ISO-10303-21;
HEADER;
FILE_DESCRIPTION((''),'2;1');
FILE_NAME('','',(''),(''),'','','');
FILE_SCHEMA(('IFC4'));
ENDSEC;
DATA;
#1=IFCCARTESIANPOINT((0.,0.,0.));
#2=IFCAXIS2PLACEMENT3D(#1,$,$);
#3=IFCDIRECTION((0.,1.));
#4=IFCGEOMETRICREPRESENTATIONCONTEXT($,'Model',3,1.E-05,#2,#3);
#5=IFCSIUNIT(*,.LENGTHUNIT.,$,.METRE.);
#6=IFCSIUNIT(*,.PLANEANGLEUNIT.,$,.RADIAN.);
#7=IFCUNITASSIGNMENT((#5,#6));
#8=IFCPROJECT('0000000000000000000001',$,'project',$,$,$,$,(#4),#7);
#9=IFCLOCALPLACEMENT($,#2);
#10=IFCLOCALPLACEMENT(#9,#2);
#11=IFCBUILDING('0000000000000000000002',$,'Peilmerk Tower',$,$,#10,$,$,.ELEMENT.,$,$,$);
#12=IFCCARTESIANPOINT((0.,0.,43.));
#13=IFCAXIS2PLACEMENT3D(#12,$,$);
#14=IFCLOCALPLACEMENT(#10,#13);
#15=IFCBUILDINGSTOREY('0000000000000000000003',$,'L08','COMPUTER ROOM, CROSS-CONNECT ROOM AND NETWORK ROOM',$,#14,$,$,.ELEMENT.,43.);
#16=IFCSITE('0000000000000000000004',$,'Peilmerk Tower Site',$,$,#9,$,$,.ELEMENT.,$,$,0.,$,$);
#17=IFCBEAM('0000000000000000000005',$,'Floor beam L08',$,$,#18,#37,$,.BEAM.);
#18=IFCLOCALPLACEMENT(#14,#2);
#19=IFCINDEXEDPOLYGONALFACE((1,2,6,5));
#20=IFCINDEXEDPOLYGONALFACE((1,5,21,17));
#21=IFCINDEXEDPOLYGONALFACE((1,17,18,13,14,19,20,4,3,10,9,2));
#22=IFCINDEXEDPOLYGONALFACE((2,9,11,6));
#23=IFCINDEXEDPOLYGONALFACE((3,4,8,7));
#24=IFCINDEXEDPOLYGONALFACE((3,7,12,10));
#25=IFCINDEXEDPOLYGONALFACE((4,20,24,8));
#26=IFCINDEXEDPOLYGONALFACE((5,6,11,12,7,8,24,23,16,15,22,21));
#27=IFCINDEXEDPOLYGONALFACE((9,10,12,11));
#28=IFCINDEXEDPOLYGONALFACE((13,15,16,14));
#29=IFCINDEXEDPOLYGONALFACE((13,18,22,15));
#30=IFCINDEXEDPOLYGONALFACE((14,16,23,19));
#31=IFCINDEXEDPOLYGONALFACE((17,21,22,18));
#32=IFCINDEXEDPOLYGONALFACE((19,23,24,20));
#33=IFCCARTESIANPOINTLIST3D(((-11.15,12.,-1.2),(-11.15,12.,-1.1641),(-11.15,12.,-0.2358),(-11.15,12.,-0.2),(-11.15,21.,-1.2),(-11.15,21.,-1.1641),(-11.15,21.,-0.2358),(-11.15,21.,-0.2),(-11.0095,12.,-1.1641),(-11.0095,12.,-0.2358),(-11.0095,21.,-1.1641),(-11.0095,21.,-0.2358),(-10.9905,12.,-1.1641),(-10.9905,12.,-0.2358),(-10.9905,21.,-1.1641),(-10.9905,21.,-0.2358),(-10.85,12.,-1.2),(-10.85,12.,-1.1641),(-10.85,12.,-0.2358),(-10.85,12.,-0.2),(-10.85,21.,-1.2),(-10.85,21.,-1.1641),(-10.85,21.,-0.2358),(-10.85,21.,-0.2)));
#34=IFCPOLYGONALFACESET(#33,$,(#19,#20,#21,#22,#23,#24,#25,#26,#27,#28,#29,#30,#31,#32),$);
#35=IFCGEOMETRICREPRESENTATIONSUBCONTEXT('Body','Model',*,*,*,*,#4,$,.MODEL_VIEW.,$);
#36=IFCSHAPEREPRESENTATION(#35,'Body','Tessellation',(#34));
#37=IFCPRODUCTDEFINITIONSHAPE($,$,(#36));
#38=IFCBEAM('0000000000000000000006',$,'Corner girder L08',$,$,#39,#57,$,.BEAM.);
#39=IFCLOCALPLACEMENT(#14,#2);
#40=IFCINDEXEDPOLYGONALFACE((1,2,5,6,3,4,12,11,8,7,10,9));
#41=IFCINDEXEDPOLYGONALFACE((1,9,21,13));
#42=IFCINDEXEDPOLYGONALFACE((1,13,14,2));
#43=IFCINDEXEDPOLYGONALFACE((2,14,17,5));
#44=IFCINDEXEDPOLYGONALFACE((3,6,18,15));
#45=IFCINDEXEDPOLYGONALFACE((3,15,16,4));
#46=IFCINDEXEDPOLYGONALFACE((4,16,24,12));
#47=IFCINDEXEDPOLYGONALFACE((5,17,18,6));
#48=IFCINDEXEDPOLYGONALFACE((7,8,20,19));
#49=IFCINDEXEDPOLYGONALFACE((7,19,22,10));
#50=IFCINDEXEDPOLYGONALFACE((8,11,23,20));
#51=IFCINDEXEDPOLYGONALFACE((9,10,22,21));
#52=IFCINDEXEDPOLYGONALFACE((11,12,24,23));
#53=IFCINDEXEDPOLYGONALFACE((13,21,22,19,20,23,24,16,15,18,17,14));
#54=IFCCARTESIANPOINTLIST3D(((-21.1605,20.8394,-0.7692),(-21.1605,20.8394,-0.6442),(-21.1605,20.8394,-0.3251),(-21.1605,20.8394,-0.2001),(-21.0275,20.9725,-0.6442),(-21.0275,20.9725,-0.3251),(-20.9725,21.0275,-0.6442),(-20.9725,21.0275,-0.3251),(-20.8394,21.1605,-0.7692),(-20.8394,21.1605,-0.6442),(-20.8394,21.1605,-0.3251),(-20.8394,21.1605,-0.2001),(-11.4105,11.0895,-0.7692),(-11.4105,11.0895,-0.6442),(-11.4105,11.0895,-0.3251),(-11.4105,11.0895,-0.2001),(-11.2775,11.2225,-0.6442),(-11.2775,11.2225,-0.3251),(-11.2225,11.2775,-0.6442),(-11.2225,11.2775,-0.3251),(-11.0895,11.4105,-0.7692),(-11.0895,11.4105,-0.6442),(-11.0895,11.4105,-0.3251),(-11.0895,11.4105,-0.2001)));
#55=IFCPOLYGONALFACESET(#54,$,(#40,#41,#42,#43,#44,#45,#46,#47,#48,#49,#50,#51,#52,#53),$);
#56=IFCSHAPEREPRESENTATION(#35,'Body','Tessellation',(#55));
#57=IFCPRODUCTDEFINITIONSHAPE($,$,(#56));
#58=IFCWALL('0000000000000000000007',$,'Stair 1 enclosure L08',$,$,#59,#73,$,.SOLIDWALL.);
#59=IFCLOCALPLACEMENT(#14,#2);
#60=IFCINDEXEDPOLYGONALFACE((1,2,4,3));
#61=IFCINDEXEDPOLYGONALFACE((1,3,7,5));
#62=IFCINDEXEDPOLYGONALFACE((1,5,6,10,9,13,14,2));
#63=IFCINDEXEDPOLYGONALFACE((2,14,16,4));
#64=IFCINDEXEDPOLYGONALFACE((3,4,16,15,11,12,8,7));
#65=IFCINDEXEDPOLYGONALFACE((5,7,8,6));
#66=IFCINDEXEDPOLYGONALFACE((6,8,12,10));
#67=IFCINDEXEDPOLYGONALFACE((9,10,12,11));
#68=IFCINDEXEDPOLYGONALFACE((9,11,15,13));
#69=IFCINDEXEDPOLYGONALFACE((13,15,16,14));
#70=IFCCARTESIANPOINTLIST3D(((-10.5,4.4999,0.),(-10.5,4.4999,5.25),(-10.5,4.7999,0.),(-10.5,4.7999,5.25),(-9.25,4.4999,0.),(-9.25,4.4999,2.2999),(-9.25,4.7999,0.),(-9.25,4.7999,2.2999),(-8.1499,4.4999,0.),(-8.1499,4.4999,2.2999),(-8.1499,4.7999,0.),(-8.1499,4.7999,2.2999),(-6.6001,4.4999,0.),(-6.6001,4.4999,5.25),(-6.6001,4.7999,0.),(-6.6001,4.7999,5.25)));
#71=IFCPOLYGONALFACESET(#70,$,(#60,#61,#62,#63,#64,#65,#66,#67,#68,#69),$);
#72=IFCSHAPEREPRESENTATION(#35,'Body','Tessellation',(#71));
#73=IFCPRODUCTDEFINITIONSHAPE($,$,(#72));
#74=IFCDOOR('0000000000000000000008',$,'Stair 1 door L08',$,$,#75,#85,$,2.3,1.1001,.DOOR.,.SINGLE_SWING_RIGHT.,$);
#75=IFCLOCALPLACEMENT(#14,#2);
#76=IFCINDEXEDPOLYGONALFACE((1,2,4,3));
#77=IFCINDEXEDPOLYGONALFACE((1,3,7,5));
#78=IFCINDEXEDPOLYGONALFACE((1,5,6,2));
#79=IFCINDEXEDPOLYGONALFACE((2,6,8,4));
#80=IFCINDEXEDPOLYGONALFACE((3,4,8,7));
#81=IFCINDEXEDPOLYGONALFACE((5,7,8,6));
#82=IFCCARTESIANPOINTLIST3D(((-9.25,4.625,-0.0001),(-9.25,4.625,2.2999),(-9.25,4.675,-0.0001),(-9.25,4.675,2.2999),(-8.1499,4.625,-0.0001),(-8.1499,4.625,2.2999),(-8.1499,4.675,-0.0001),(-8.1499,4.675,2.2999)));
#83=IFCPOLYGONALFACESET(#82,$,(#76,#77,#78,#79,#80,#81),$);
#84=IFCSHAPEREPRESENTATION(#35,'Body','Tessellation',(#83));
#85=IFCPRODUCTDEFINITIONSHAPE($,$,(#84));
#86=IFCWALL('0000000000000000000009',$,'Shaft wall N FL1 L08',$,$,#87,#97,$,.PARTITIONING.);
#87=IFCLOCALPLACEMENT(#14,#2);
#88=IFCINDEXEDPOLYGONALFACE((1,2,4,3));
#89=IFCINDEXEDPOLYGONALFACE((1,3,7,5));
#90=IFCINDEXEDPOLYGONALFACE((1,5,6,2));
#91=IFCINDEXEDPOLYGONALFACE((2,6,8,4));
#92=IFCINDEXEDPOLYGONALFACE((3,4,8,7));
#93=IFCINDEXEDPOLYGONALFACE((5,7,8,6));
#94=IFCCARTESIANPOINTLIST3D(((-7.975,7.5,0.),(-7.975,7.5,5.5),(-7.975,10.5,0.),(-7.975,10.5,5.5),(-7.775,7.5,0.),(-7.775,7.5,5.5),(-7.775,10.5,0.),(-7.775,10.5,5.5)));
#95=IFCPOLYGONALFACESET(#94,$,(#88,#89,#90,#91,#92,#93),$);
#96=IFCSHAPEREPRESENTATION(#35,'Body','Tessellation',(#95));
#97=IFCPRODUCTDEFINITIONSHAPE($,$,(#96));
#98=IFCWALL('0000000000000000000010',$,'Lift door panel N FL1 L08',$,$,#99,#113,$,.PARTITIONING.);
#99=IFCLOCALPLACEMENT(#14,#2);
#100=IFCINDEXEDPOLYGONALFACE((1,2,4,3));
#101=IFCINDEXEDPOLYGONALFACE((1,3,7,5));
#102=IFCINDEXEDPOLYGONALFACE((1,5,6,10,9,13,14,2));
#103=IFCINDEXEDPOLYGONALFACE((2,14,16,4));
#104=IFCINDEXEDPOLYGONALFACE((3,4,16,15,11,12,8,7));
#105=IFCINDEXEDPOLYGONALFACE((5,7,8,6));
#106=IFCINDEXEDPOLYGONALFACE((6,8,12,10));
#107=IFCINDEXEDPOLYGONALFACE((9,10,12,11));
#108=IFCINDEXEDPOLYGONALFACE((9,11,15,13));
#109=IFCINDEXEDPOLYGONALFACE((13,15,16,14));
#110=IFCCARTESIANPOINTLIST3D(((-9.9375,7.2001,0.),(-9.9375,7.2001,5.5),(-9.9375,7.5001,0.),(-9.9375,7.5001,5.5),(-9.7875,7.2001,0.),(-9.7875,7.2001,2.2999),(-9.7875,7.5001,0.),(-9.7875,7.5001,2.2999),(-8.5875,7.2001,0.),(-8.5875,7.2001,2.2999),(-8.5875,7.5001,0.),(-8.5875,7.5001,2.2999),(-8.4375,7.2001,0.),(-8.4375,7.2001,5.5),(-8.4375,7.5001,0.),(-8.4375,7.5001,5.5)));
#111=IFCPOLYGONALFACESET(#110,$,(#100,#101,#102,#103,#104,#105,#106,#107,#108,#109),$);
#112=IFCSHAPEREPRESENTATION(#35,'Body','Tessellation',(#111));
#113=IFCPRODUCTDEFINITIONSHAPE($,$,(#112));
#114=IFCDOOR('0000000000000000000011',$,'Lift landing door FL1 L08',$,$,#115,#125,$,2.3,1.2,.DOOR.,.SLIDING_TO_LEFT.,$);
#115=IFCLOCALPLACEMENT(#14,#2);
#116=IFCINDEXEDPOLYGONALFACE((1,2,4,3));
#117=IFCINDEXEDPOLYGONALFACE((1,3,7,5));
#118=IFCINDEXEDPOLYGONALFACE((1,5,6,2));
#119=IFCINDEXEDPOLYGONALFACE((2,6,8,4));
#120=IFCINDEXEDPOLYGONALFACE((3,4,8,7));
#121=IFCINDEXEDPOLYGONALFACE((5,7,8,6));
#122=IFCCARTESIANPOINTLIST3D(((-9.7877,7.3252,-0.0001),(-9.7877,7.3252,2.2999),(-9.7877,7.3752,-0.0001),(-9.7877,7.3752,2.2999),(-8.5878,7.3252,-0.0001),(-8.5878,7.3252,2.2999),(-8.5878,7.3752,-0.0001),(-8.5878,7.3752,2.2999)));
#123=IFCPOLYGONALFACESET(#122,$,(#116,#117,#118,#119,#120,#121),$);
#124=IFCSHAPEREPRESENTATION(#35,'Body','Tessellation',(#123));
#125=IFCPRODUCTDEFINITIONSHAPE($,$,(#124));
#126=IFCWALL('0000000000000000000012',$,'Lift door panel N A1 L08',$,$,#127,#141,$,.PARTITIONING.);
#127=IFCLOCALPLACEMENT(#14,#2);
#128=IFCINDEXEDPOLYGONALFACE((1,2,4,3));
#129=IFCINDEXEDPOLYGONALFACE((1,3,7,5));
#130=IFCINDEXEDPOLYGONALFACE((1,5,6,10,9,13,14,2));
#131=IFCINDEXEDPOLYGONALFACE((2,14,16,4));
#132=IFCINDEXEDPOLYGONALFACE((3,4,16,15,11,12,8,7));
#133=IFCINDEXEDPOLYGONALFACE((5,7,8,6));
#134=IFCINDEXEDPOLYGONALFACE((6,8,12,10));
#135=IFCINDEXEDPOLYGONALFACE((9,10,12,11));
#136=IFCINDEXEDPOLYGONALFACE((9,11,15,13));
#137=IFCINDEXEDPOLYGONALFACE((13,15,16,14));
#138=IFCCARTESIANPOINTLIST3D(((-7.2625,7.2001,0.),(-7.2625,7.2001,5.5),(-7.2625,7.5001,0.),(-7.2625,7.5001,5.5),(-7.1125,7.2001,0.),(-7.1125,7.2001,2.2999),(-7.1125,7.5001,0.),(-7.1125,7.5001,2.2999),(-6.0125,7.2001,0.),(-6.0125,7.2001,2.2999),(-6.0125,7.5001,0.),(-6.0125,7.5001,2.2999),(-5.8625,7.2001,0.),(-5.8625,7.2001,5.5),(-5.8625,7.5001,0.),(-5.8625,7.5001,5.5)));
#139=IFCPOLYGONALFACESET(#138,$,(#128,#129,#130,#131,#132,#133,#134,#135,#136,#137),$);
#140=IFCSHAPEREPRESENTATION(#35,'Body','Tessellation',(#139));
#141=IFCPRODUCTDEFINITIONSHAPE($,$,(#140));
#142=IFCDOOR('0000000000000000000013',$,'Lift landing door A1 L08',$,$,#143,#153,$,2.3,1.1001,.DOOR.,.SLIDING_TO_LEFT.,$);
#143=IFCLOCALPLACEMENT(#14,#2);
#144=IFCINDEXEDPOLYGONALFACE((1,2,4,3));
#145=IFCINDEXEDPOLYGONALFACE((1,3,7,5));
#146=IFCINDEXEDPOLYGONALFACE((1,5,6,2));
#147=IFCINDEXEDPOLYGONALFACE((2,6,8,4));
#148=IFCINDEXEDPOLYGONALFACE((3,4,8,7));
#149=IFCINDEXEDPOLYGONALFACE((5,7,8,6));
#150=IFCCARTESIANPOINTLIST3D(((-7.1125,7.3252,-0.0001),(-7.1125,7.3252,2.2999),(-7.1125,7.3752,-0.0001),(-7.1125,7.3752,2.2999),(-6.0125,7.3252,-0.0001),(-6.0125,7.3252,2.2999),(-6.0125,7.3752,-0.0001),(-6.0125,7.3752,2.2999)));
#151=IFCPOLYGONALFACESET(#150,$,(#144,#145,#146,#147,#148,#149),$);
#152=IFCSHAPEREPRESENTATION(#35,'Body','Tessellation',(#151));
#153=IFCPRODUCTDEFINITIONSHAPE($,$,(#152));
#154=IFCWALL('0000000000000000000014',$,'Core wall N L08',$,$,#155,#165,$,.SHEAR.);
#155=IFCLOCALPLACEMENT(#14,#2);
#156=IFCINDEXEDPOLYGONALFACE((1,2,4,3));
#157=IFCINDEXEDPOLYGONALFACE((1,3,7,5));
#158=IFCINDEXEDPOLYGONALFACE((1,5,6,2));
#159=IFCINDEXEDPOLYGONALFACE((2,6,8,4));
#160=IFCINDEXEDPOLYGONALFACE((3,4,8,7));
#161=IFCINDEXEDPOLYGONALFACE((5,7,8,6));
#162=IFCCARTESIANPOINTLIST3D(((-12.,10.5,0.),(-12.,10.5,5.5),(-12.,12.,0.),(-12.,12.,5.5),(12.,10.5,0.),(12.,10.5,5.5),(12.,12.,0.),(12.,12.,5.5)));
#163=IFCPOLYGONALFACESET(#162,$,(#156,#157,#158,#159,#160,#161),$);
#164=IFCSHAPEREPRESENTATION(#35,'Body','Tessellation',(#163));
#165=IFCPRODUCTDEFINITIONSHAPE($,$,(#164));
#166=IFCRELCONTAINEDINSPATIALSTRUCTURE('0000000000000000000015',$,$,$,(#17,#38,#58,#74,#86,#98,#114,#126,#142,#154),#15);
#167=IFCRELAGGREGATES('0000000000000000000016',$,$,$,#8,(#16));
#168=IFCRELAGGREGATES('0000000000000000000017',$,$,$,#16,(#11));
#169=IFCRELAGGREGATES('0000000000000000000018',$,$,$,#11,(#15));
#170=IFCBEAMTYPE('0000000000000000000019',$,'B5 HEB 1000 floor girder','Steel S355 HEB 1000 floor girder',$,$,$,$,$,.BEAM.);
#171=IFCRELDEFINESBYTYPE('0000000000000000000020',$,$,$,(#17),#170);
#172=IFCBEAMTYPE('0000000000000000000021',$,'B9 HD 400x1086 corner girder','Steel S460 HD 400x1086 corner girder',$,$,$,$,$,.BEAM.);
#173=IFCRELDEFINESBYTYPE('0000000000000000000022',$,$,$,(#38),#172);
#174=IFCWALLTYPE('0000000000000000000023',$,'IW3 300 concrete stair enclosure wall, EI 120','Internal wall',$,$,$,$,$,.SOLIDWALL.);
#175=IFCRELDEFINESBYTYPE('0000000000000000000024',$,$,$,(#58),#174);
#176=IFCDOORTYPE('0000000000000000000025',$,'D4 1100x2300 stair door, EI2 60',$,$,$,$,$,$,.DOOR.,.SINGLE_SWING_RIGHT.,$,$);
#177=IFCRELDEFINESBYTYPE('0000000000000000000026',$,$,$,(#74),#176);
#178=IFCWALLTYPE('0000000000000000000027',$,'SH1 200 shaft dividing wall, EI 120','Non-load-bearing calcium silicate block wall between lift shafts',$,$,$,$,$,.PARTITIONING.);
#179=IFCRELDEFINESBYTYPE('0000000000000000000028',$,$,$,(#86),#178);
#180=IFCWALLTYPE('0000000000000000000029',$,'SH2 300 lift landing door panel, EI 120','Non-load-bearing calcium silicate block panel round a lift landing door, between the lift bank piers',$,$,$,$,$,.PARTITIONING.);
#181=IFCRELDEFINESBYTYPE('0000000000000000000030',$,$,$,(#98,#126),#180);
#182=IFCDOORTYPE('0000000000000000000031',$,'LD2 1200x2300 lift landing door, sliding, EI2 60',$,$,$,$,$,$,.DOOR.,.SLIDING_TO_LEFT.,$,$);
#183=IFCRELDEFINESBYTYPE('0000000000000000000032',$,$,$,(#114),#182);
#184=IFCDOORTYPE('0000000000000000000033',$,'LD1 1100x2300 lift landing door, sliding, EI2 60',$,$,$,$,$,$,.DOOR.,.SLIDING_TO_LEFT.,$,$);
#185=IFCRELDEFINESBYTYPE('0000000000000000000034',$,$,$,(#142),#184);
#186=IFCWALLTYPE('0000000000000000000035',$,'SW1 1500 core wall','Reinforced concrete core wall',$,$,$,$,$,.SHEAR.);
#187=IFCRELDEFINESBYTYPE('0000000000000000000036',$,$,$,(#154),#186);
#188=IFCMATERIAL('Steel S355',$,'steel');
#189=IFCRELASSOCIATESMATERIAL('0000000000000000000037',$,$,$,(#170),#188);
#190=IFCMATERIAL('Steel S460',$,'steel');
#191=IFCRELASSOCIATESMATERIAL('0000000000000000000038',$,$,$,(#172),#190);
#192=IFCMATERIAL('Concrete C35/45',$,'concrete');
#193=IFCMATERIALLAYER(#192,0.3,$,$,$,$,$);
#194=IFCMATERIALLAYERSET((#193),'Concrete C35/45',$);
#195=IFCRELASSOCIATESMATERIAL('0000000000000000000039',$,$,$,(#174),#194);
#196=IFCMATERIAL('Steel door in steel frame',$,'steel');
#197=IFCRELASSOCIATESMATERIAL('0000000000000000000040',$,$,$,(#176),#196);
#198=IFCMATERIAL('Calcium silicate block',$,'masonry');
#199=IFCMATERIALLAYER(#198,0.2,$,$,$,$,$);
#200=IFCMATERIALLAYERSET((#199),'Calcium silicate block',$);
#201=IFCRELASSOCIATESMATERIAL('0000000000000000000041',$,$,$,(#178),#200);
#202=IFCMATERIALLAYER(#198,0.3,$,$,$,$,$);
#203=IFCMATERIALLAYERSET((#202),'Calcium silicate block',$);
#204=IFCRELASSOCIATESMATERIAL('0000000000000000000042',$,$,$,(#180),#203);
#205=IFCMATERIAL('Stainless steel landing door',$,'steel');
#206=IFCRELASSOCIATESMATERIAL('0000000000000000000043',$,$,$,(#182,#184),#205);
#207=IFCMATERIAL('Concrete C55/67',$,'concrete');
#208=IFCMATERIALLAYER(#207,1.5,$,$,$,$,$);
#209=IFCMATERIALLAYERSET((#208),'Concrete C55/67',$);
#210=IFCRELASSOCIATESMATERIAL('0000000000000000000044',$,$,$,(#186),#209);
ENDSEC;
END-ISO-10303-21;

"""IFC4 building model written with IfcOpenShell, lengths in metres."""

from ifc_helpers import new_model, si_unit, direction, frame, frame_2d, origin, origin_2d, place, context, subcontext, project, spatial, rectangle, i_section, extrude, material, layer, layer_set, material_profile, profile_set, type_object, element, fill, save


model = new_model("IFC4")

# Units and contexts
model_context = context("Model", 3, precision=1e-05, world=origin(), true_north=direction((0.0, 1.0)))
body_context = subcontext(model_context, "Body", "Model", "MODEL_VIEW")
ifc_project = project(units=[si_unit("LENGTHUNIT", "METRE"), si_unit("PLANEANGLEUNIT", "RADIAN")], contexts=[model_context])

# Site, building, storey
site_placement = place(None, origin())
site = spatial("IfcSite", under=ifc_project, at=site_placement, Name="Peilmerk Tower Site", CompositionType="ELEMENT", RefElevation=0.0)
building_placement = place(site_placement, origin())
building = spatial("IfcBuilding", under=site, at=building_placement, Name="Peilmerk Tower", CompositionType="ELEMENT")
storey_placement = place(building_placement, frame((0.0, 0.0, 43.0)))
storey = spatial("IfcBuildingStorey", under=building, at=storey_placement, Name="L08", Description="COMPUTER ROOM, CROSS-CONNECT ROOM AND NETWORK ROOM", CompositionType="ELEMENT", Elevation=43.0)

# Beams
ifc_material_1 = material(Name="Steel S355", Category="steel")
ifc_material_profile_1 = material_profile(ifc_material_1, i_section(OverallWidth=0.3, OverallDepth=1.0, WebThickness=0.019, FlangeThickness=0.0359, at=origin_2d()), Name="HEB 1000")
ifc_profile_set_1 = profile_set([ifc_material_profile_1], Name="Steel S355")
beam_type_1 = type_object("IfcBeamType", Name="B5 HEB 1000 floor girder", Description="Steel S355 HEB 1000 floor girder", PredefinedType="BEAM", material=ifc_profile_set_1)
beam_1_placement = place(storey_placement, frame((-11.0, 12.0, -0.7), z_axis=(0.0, 1.0, 0.0), x_axis=(-1.0, 0.0, 0.0)))
element("IfcBeam", 1, at=beam_1_placement, inside=storey, type_object=beam_type_1, Name="Floor beam L08", PredefinedType="BEAM", context=body_context, shape_type="SweptSolid", body=[
    extrude(i_section(OverallWidth=0.3, OverallDepth=1.0, WebThickness=0.019, FlangeThickness=0.0359, at=origin_2d()), origin(), (0.0, 0.0, 1.0), 9.0),
])
ifc_material_2 = material(Name="Steel S460", Category="steel")
ifc_material_profile_2 = material_profile(ifc_material_2, i_section(OverallWidth=0.4541, OverallDepth=0.5691, WebThickness=0.0779, FlangeThickness=0.125, at=origin_2d()), Name="HD 400x1086")
ifc_profile_set_2 = profile_set([ifc_material_profile_2], Name="Steel S460")
beam_type_2 = type_object("IfcBeamType", Name="B9 HD 400x1086 corner girder", Description="Steel S460 HD 400x1086 corner girder", PredefinedType="BEAM", material=ifc_profile_set_2)
beam_2_placement = place(storey_placement, frame((-11.25, 11.25, -0.4846), z_axis=(-0.707107, 0.707107, 0.0), x_axis=(-0.707107, -0.707107, 0.0)))
element("IfcBeam", 2, at=beam_2_placement, inside=storey, type_object=beam_type_2, Name="Corner girder L08", PredefinedType="BEAM", context=body_context, shape_type="SweptSolid", body=[
    extrude(i_section(OverallWidth=0.4541, OverallDepth=0.5691, WebThickness=0.0779, FlangeThickness=0.125, at=origin_2d()), origin(), (0.0, 0.0, 1.0), 13.7886),
])

# Wall, opening, door
ifc_material_3 = material(Name="Concrete C35/45", Category="concrete")
ifc_layer_1 = layer(ifc_material_3, 0.3)
ifc_layer_set_1 = layer_set([ifc_layer_1], Name="Concrete C35/45")
wall_type_1 = type_object("IfcWallType", Name="IW3 300 concrete stair enclosure wall, EI 120", Description="Internal wall", PredefinedType="SOLIDWALL", material=ifc_layer_set_1)
wall_1_placement = place(storey_placement, frame((-10.5, 4.6499, 0.0), z_axis=(0.0, 0.0, 1.0), x_axis=(1.0, 0.0, 0.0)))
wall_1 = element("IfcWall", 3, at=wall_1_placement, inside=storey, type_object=wall_type_1, Name="Stair 1 enclosure L08", PredefinedType="SOLIDWALL", context=body_context, shape_type="SweptSolid", body=[
    extrude(rectangle(XDim=3.8999, YDim=0.3, at=frame_2d((1.95, 0.0))), origin(), (0.0, 0.0, 1.0), 5.25),
])
opening_1_placement = place(wall_1_placement, frame((1.25, 0.0, 0.0)))
opening_1 = element("IfcOpeningElement", 4, at=opening_1_placement, cuts=wall_1, PredefinedType="OPENING", context=body_context, shape_type="SweptSolid", body=[
    extrude(rectangle(XDim=1.1001, YDim=2.3, at=frame_2d((0.55, 1.1499))), frame((0.0, 0.1599, 0.0), z_axis=(0.0, -1.0, 0.0), x_axis=(1.0, 0.0, 0.0)), (0.0, 0.0, 1.0), 0.3201),
])
ifc_material_4 = material(Name="Steel door in steel frame", Category="steel")
door_type_1 = type_object("IfcDoorType", Name="D4 1100x2300 stair door, EI2 60", OperationType="SINGLE_SWING_RIGHT", PredefinedType="DOOR", material=ifc_material_4)
door_1_placement = place(opening_1_placement, frame((1.1001, 0.0, 0.0), z_axis=(0.0, 0.0, 1.0), x_axis=(-1.0, 0.0, 0.0)))
door_1 = element("IfcDoor", 5, at=door_1_placement, inside=storey, type_object=door_type_1, Name="Stair 1 door L08", OperationType="SINGLE_SWING_RIGHT", OverallHeight=2.3, OverallWidth=1.1001, PredefinedType="DOOR", context=body_context, shape_type="SweptSolid", body=[
    extrude(rectangle(XDim=1.1001, YDim=2.3, at=frame_2d((0.55, 1.1499))), frame((0.0, 0.0249, 0.0), z_axis=(0.0, -1.0, 0.0), x_axis=(1.0, 0.0, 0.0)), (0.0, 0.0, 1.0), 0.05),
])
fill(opening_1, door_1)

# Wall
ifc_material_5 = material(Name="Calcium silicate block", Category="masonry")
ifc_layer_2 = layer(ifc_material_5, 0.2)
ifc_layer_set_2 = layer_set([ifc_layer_2], Name="Calcium silicate block")
wall_type_2 = type_object("IfcWallType", Name="SH1 200 shaft dividing wall, EI 120", Description="Non-load-bearing calcium silicate block wall between lift shafts", PredefinedType="PARTITIONING", material=ifc_layer_set_2)
wall_2_placement = place(storey_placement, frame((-7.875, 7.5, 0.0), z_axis=(0.0, 0.0, 1.0), x_axis=(0.0, 1.0, 0.0)))
element("IfcWall", 6, at=wall_2_placement, inside=storey, type_object=wall_type_2, Name="Shaft wall N FL1 L08", PredefinedType="PARTITIONING", context=body_context, shape_type="SweptSolid", body=[
    extrude(rectangle(XDim=3.0, YDim=0.2, at=frame_2d((1.5, 0.0))), origin(), (0.0, 0.0, 1.0), 5.5),
])

# Walls, openings, doors
ifc_layer_3 = layer(ifc_material_5, 0.3)
ifc_layer_set_3 = layer_set([ifc_layer_3], Name="Calcium silicate block")
wall_type_3 = type_object("IfcWallType", Name="SH2 300 lift landing door panel, EI 120", Description="Non-load-bearing calcium silicate block panel round a lift landing door, between the lift bank piers", PredefinedType="PARTITIONING", material=ifc_layer_set_3)
wall_3_placement = place(storey_placement, frame((-9.9375, 7.3501, 0.0), z_axis=(0.0, 0.0, 1.0), x_axis=(1.0, 0.0, 0.0)))
wall_3 = element("IfcWall", 7, at=wall_3_placement, inside=storey, type_object=wall_type_3, Name="Lift door panel N FL1 L08", PredefinedType="PARTITIONING", context=body_context, shape_type="SweptSolid", body=[
    extrude(rectangle(XDim=1.5, YDim=0.3, at=frame_2d((0.75, 0.0))), origin(), (0.0, 0.0, 1.0), 5.5),
])
opening_2_placement = place(wall_3_placement, frame((0.1499, 0.0, 0.0)))
opening_2 = element("IfcOpeningElement", 8, at=opening_2_placement, cuts=wall_3, PredefinedType="OPENING", context=body_context, shape_type="SweptSolid", body=[
    extrude(rectangle(XDim=1.2, YDim=2.3, at=frame_2d((0.6001, 1.1499))), frame((0.0, 0.1599, 0.0), z_axis=(0.0, -1.0, 0.0), x_axis=(1.0, 0.0, 0.0)), (0.0, 0.0, 1.0), 0.3201),
])
ifc_material_6 = material(Name="Stainless steel landing door", Category="steel")
door_type_2 = type_object("IfcDoorType", Name="LD2 1200x2300 lift landing door, sliding, EI2 60", OperationType="SLIDING_TO_LEFT", PredefinedType="DOOR", material=ifc_material_6)
door_2_placement = place(opening_2_placement, frame((1.2, 0.0, 0.0), z_axis=(0.0, 0.0, 1.0), x_axis=(-1.0, 0.0, 0.0)))
door_2 = element("IfcDoor", 9, at=door_2_placement, inside=storey, type_object=door_type_2, Name="Lift landing door FL1 L08", OperationType="SLIDING_TO_LEFT", OverallHeight=2.3, OverallWidth=1.2, PredefinedType="DOOR", context=body_context, shape_type="SweptSolid", body=[
    extrude(rectangle(XDim=1.2, YDim=2.3, at=frame_2d((0.6001, 1.1499))), frame((0.0, 0.0249, 0.0), z_axis=(0.0, -1.0, 0.0), x_axis=(1.0, 0.0, 0.0)), (0.0, 0.0, 1.0), 0.05),
])
fill(opening_2, door_2)
wall_4_placement = place(storey_placement, frame((-7.2625, 7.3501, 0.0), z_axis=(0.0, 0.0, 1.0), x_axis=(1.0, 0.0, 0.0)))
wall_4 = element("IfcWall", 10, at=wall_4_placement, inside=storey, type_object=wall_type_3, Name="Lift door panel N A1 L08", PredefinedType="PARTITIONING", context=body_context, shape_type="SweptSolid", body=[
    extrude(rectangle(XDim=1.3999, YDim=0.3, at=frame_2d((0.7, 0.0))), origin(), (0.0, 0.0, 1.0), 5.5),
])
opening_3_placement = place(wall_4_placement, frame((0.1499, 0.0, 0.0)))
opening_3 = element("IfcOpeningElement", 11, at=opening_3_placement, cuts=wall_4, PredefinedType="OPENING", context=body_context, shape_type="SweptSolid", body=[
    extrude(rectangle(XDim=1.1001, YDim=2.3, at=frame_2d((0.55, 1.1499))), frame((0.0, 0.1599, 0.0), z_axis=(0.0, -1.0, 0.0), x_axis=(1.0, 0.0, 0.0)), (0.0, 0.0, 1.0), 0.3201),
])
door_type_3 = type_object("IfcDoorType", Name="LD1 1100x2300 lift landing door, sliding, EI2 60", OperationType="SLIDING_TO_LEFT", PredefinedType="DOOR", material=ifc_material_6)
door_3_placement = place(opening_3_placement, frame((1.1001, 0.0, 0.0), z_axis=(0.0, 0.0, 1.0), x_axis=(-1.0, 0.0, 0.0)))
door_3 = element("IfcDoor", 12, at=door_3_placement, inside=storey, type_object=door_type_3, Name="Lift landing door A1 L08", OperationType="SLIDING_TO_LEFT", OverallHeight=2.3, OverallWidth=1.1001, PredefinedType="DOOR", context=body_context, shape_type="SweptSolid", body=[
    extrude(rectangle(XDim=1.1001, YDim=2.3, at=frame_2d((0.55, 1.1499))), frame((0.0, 0.0249, 0.0), z_axis=(0.0, -1.0, 0.0), x_axis=(1.0, 0.0, 0.0)), (0.0, 0.0, 1.0), 0.05),
])
fill(opening_3, door_3)

# Wall
ifc_material_7 = material(Name="Concrete C55/67", Category="concrete")
ifc_layer_4 = layer(ifc_material_7, 1.5)
ifc_layer_set_4 = layer_set([ifc_layer_4], Name="Concrete C55/67")
wall_type_4 = type_object("IfcWallType", Name="SW1 1500 core wall", Description="Reinforced concrete core wall", PredefinedType="SHEAR", material=ifc_layer_set_4)
wall_5_placement = place(storey_placement, frame((-12.0, 11.25, 0.0), z_axis=(0.0, 0.0, 1.0), x_axis=(1.0, 0.0, 0.0)))
element("IfcWall", 13, at=wall_5_placement, inside=storey, type_object=wall_type_4, Name="Core wall N L08", PredefinedType="SHEAR", context=body_context, shape_type="SweptSolid", body=[
    extrude(rectangle(XDim=24.0, YDim=1.5, at=frame_2d((12.0, 0.0))), origin(), (0.0, 0.0, 1.0), 5.5),
])

save(model, "model.ifc")
